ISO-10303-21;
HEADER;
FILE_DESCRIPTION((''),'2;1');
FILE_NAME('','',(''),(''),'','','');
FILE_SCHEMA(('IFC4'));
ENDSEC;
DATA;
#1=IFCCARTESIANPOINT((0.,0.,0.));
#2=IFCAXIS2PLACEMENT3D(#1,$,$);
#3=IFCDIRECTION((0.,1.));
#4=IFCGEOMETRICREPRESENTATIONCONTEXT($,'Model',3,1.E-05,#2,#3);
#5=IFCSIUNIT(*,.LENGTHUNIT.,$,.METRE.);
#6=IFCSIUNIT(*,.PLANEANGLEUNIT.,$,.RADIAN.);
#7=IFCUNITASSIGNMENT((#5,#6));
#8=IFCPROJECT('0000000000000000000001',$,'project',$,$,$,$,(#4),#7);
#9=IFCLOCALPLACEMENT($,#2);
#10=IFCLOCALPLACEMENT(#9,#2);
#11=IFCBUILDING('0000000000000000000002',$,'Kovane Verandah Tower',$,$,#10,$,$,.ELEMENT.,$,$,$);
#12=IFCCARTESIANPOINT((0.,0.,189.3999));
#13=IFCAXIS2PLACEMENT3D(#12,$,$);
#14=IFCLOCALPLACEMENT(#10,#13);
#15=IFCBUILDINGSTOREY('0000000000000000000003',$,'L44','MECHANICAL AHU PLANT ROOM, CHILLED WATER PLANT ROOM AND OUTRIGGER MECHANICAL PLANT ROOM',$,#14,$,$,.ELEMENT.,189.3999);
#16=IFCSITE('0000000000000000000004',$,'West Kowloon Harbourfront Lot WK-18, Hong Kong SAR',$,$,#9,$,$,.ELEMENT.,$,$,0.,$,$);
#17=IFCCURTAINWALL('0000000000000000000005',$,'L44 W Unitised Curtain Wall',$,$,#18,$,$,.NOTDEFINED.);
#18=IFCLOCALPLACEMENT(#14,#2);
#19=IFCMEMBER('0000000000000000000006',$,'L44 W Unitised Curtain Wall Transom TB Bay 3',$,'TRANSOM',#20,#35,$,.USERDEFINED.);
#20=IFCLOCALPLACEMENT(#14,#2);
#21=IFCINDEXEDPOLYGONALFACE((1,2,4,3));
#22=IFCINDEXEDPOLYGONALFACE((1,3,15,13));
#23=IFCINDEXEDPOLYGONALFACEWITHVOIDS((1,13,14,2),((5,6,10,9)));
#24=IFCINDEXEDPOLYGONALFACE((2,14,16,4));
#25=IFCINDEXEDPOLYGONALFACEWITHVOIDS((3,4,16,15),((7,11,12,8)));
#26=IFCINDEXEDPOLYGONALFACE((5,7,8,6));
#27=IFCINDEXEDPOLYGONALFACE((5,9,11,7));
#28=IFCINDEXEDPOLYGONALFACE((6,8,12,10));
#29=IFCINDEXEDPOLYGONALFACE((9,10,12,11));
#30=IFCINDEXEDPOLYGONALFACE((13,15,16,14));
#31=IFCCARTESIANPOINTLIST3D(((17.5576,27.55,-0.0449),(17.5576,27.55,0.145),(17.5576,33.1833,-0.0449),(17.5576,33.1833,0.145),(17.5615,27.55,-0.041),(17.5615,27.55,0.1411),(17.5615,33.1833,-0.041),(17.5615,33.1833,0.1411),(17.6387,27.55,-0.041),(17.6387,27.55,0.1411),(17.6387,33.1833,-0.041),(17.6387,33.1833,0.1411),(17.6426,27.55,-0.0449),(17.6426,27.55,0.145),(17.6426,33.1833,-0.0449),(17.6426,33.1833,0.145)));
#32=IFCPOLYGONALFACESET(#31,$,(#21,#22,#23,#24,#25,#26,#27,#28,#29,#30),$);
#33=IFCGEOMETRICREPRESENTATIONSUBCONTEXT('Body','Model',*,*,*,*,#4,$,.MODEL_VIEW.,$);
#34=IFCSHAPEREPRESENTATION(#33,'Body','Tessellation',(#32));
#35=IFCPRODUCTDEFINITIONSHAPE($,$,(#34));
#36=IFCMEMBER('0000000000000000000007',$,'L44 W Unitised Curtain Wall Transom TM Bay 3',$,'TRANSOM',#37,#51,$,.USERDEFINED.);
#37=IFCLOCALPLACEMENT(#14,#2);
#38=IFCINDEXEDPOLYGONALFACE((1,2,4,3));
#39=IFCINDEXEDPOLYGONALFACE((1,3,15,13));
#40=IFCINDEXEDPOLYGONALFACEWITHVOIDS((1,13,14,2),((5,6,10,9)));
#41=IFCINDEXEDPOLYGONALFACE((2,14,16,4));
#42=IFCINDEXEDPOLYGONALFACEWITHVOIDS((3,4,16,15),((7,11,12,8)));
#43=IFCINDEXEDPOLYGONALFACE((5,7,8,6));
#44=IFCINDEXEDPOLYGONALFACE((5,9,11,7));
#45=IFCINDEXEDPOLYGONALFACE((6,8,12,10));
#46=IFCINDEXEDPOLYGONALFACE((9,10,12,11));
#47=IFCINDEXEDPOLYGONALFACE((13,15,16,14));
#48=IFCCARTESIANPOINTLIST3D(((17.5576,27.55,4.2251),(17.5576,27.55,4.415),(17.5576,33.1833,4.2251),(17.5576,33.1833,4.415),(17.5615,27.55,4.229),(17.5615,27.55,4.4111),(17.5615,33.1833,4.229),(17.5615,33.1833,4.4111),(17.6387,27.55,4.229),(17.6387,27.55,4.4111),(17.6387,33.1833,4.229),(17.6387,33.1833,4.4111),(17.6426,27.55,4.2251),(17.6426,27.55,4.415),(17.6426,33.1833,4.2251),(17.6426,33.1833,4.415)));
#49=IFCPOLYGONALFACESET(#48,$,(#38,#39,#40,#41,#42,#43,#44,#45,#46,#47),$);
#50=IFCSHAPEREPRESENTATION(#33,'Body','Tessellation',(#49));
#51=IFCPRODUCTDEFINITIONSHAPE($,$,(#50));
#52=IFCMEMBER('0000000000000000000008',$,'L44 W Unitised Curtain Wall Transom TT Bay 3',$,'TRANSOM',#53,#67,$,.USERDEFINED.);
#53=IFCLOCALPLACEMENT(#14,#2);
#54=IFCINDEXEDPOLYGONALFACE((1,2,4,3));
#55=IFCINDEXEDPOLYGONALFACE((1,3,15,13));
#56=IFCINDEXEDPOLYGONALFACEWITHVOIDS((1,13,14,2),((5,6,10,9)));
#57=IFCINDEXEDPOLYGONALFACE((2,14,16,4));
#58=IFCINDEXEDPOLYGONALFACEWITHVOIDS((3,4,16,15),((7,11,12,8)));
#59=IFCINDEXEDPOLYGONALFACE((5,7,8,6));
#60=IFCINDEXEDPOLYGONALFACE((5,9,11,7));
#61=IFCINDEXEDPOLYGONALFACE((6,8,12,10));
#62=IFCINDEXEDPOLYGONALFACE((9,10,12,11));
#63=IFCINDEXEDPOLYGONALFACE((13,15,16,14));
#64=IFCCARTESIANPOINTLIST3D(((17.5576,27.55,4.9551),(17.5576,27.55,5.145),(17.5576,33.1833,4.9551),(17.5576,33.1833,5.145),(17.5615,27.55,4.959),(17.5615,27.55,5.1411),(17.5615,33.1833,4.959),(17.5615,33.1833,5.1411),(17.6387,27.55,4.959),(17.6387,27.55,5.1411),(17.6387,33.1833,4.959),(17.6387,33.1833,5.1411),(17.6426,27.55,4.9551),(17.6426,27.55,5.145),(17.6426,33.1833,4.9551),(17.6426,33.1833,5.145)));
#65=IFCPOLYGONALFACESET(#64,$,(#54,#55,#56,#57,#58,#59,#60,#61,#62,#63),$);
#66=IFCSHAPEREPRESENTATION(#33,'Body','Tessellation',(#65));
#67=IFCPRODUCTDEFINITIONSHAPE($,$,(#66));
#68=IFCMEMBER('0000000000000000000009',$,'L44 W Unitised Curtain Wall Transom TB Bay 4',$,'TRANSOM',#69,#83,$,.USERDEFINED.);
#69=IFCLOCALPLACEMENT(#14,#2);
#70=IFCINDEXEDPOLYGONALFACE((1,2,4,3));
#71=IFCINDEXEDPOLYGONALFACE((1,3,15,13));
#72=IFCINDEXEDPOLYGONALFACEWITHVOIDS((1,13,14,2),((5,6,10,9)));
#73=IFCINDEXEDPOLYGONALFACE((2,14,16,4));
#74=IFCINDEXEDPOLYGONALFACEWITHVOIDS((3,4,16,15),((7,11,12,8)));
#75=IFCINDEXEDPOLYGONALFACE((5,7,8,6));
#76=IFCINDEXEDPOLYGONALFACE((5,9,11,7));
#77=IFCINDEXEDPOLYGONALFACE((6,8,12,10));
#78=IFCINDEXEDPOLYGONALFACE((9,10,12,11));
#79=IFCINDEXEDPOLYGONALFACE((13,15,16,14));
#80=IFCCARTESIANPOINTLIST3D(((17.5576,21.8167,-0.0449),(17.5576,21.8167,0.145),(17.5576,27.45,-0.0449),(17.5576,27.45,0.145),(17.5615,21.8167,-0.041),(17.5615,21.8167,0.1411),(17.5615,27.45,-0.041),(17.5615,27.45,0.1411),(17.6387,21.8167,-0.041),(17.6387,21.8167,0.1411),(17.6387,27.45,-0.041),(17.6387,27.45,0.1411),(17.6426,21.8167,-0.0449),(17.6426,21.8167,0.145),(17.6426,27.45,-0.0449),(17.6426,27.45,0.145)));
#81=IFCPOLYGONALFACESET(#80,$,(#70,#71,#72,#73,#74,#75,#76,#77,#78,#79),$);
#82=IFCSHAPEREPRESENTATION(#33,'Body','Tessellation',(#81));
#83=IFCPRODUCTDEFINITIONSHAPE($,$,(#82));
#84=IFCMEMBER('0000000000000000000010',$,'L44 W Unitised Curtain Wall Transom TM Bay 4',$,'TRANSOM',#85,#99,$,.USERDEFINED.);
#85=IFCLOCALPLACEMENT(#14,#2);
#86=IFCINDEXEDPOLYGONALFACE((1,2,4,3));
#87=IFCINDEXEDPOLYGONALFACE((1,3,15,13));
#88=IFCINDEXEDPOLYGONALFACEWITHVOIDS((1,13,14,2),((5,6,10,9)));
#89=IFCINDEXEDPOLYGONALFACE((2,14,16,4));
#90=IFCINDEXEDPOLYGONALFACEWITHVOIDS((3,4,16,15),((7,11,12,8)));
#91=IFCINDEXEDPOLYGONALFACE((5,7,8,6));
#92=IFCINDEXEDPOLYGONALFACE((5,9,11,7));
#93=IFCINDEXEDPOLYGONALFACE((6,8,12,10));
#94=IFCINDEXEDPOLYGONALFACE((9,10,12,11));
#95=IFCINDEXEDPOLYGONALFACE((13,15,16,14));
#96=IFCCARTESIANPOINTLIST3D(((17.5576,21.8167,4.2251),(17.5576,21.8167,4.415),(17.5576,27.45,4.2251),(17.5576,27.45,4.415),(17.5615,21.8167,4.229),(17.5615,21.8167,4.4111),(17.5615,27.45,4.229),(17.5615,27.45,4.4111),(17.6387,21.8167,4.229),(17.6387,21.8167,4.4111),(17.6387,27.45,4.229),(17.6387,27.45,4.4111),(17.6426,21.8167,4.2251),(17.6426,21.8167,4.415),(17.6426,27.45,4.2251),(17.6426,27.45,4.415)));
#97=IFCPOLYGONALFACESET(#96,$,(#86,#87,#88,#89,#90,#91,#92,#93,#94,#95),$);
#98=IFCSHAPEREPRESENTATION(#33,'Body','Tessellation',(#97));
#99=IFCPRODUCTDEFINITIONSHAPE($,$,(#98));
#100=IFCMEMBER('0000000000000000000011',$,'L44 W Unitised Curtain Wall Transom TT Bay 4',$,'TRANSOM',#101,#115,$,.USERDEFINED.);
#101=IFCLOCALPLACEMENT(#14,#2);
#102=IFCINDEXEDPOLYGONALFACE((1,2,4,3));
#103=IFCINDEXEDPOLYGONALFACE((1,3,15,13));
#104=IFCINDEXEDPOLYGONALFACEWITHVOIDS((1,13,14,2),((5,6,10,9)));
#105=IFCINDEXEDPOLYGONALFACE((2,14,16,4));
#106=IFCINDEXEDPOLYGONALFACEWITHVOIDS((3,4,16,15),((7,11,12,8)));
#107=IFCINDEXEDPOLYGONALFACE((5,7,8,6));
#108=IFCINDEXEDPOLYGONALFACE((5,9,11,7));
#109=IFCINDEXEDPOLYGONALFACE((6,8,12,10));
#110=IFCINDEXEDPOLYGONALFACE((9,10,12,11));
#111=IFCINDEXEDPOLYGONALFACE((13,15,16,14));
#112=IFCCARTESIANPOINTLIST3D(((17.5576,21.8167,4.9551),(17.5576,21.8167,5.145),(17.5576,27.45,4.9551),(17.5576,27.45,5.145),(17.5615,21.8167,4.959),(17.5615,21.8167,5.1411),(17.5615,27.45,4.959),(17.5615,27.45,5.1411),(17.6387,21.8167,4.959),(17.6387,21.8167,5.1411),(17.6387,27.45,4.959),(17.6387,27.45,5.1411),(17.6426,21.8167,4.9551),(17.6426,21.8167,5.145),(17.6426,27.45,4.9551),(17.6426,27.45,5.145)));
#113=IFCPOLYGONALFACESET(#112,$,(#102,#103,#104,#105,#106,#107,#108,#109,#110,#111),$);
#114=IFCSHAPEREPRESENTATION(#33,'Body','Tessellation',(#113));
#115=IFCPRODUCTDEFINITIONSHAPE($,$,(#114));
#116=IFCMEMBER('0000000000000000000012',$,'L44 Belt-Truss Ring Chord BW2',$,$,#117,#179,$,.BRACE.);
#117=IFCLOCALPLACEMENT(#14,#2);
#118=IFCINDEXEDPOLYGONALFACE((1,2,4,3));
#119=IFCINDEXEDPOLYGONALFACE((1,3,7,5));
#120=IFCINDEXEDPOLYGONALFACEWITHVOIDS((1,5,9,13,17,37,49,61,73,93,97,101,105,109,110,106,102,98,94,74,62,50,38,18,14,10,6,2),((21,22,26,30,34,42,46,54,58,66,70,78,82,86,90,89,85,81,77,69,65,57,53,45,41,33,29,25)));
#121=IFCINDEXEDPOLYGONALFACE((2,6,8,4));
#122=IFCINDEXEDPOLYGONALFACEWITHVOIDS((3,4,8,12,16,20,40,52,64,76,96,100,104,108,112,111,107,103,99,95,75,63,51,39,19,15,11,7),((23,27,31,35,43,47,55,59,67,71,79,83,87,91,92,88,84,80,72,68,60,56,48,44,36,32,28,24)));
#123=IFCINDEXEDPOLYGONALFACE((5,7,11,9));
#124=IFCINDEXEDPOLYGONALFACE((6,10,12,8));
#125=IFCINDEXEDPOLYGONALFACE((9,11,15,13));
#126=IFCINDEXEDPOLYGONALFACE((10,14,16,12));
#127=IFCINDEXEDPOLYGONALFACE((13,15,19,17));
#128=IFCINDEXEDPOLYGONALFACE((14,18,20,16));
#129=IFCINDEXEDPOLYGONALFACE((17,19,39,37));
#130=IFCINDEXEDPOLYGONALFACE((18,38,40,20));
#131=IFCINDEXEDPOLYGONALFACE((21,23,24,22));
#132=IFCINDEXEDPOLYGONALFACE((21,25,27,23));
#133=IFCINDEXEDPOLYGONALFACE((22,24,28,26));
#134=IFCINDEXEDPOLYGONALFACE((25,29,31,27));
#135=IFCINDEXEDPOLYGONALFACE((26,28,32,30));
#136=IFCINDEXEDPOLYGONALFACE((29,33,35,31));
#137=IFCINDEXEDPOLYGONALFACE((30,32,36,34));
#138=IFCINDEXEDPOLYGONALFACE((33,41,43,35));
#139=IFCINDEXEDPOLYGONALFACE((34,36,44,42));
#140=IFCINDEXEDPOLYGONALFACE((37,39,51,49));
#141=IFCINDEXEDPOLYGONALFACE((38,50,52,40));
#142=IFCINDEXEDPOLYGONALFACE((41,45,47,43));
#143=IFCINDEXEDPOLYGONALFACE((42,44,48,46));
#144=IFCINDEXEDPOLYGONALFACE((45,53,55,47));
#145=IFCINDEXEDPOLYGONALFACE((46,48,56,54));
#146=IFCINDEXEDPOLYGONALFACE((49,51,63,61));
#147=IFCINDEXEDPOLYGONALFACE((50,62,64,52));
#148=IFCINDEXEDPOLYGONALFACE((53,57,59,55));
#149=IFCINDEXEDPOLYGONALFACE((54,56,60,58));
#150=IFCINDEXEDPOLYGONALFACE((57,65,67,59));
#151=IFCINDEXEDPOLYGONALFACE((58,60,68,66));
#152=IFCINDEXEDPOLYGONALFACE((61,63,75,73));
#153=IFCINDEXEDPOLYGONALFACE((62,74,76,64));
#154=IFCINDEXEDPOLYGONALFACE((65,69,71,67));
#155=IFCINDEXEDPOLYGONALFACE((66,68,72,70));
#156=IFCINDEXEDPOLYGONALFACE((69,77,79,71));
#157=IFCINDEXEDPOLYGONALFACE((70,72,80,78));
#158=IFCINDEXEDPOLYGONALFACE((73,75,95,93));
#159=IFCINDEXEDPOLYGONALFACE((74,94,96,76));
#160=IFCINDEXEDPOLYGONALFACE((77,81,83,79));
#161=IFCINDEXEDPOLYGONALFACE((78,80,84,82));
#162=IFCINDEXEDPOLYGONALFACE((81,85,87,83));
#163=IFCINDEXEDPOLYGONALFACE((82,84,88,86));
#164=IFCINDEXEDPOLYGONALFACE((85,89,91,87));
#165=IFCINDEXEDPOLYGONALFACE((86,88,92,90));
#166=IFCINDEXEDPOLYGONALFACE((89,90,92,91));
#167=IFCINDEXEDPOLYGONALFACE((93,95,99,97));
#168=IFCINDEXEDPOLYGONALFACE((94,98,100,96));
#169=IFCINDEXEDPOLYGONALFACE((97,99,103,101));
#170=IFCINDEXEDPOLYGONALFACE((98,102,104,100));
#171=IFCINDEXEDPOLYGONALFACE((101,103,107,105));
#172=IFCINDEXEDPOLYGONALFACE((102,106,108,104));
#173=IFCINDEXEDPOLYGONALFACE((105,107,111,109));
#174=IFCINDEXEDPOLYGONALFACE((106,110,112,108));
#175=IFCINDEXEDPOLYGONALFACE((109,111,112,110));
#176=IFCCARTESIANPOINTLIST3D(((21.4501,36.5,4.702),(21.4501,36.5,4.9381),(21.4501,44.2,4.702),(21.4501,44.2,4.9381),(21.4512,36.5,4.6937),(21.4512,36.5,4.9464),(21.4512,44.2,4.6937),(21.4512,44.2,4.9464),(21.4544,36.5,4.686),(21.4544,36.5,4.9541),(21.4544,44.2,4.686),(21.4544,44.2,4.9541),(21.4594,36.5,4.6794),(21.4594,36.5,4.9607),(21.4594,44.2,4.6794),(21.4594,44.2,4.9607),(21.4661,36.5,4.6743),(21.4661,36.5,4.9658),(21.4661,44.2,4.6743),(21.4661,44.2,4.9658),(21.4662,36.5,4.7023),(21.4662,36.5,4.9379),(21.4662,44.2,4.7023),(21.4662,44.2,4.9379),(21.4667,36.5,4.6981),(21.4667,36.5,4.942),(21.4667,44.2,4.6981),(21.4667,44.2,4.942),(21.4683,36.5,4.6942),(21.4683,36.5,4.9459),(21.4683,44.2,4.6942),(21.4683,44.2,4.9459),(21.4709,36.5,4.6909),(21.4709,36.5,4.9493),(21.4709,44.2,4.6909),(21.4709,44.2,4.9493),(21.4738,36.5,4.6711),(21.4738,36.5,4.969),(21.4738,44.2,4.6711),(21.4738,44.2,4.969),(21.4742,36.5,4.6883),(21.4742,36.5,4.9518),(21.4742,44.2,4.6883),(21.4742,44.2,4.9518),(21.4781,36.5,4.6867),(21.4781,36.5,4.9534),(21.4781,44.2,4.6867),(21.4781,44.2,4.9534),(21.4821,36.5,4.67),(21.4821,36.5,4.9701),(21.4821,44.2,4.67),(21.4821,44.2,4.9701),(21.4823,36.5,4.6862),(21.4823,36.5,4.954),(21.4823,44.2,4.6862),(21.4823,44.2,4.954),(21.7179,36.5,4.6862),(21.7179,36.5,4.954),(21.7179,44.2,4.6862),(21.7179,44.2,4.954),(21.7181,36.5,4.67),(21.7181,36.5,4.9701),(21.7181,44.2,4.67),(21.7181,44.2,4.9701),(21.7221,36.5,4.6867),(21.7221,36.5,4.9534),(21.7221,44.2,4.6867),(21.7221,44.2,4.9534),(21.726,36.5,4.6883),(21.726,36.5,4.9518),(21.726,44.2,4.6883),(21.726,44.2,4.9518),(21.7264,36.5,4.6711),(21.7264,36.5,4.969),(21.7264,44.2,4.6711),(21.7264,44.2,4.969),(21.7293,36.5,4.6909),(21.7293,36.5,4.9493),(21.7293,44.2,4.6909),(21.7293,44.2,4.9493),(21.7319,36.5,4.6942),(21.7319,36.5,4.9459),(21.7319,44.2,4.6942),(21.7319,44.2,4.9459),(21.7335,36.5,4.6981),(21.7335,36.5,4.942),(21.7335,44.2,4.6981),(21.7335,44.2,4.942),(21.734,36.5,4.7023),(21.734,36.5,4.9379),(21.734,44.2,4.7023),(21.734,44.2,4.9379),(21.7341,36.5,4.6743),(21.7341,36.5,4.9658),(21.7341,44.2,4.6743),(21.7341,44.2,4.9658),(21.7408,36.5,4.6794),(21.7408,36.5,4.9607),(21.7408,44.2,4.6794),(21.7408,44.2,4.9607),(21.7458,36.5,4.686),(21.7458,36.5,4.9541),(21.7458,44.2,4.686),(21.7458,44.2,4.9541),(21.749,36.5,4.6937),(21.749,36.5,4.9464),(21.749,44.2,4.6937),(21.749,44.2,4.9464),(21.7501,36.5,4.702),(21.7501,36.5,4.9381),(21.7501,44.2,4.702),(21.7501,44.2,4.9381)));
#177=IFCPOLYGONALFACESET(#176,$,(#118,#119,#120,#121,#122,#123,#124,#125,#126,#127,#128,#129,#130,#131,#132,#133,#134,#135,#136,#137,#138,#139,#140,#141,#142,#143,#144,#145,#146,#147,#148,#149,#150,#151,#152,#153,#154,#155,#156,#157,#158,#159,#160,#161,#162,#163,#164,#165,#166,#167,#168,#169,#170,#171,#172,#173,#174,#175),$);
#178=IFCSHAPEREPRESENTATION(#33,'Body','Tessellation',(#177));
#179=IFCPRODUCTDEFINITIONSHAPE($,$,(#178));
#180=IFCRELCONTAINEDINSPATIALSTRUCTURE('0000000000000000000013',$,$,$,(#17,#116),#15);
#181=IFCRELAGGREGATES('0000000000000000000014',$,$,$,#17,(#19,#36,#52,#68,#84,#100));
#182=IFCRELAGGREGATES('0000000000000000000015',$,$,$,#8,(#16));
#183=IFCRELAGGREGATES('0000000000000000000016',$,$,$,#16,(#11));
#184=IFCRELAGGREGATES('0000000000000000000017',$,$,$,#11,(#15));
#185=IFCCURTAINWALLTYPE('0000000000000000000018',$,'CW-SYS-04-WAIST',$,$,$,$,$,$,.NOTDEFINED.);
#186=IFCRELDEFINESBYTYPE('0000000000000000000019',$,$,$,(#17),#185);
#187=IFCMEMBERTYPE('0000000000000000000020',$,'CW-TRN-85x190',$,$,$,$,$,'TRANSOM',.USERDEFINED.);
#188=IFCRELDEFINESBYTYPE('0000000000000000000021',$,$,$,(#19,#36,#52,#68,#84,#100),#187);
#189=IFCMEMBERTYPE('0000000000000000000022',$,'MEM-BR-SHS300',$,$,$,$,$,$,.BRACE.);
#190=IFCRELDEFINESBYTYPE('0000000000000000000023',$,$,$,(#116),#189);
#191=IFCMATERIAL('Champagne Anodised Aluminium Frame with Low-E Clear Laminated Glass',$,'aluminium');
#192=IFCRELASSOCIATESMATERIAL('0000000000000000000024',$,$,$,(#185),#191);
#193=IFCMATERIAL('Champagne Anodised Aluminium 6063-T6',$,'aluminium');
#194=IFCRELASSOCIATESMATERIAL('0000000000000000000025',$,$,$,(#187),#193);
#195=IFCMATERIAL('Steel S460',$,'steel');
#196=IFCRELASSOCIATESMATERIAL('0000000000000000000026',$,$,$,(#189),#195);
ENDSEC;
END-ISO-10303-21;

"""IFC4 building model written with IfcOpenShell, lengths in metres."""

from ifc_helpers import new_model, si_unit, direction, frame, origin, origin_2d, place, context, subcontext, project, spatial, hollow_rectangle, extrude, material, material_profile, profile_set, type_object, element, aggregate, save


model = new_model("IFC4")

# Units and contexts
model_context = context("Model", 3, precision=1e-05, world=origin(), true_north=direction((0.0, 1.0)))
body_context = subcontext(model_context, "Body", "Model", "MODEL_VIEW")
ifc_project = project(units=[si_unit("LENGTHUNIT", "METRE"), si_unit("PLANEANGLEUNIT", "RADIAN")], contexts=[model_context])

# Site, building, storey
site_placement = place(None, origin())
site = spatial("IfcSite", under=ifc_project, at=site_placement, Name="West Kowloon Harbourfront Lot WK-18, Hong Kong SAR", CompositionType="ELEMENT", RefElevation=0.0)
building_placement = place(site_placement, origin())
building = spatial("IfcBuilding", under=site, at=building_placement, Name="Kovane Verandah Tower", CompositionType="ELEMENT")
storey_placement = place(building_placement, frame((0.0, 0.0, 189.3999)))
storey = spatial("IfcBuildingStorey", under=building, at=storey_placement, Name="L44", Description="MECHANICAL AHU PLANT ROOM, CHILLED WATER PLANT ROOM AND OUTRIGGER MECHANICAL PLANT ROOM", CompositionType="ELEMENT", Elevation=189.3999)

# Shared definitions
ifc_material_1 = material(Name="Steel S460", Category="steel")

# Curtain wall, members
ifc_material_2 = material(Name="Champagne Anodised Aluminium Frame with Low-E Clear Laminated Glass", Category="aluminium")
curtain_wall_type = type_object("IfcCurtainWallType", Name="CW-SYS-04-WAIST", PredefinedType="NOTDEFINED", material=ifc_material_2)
curtain_wall_placement = place(storey_placement, origin())
curtain_wall = element("IfcCurtainWall", 1, at=curtain_wall_placement, inside=storey, type_object=curtain_wall_type, Name="L44 W Unitised Curtain Wall", PredefinedType="NOTDEFINED")
ifc_material_3 = material(Name="Champagne Anodised Aluminium 6063-T6", Category="aluminium")
ifc_material_profile_1 = material_profile(ifc_material_3, hollow_rectangle(XDim=0.085, YDim=0.1899, WallThickness=0.0039, at=origin_2d()), Name="AL85x190x4")
ifc_profile_set_1 = profile_set([ifc_material_profile_1], Name="Champagne Anodised Aluminium 6063-T6")
member_type_1 = type_object("IfcMemberType", Name="CW-TRN-85x190", ElementType="TRANSOM", PredefinedType="USERDEFINED", material=ifc_profile_set_1)
member_1_placement = place(storey_placement, frame((17.6001, 33.1833, 0.05), z_axis=(0.0, -1.0, 0.0), x_axis=(1.0, 0.0, 0.0)))
member_1 = element("IfcMember", 2, at=member_1_placement, type_object=member_type_1, Name="L44 W Unitised Curtain Wall Transom TB Bay 3", ObjectType="TRANSOM", PredefinedType="USERDEFINED", context=body_context, shape_type="SweptSolid", body=[
    extrude(hollow_rectangle(XDim=0.085, YDim=0.1899, WallThickness=0.0039, at=origin_2d()), origin(), (0.0, 0.0, 1.0), 5.6333),
])
member_2_placement = place(storey_placement, frame((17.6001, 33.1833, 4.3201), z_axis=(0.0, -1.0, 0.0), x_axis=(1.0, 0.0, 0.0)))
member_2 = element("IfcMember", 3, at=member_2_placement, type_object=member_type_1, Name="L44 W Unitised Curtain Wall Transom TM Bay 3", ObjectType="TRANSOM", PredefinedType="USERDEFINED", context=body_context, shape_type="SweptSolid", body=[
    extrude(hollow_rectangle(XDim=0.085, YDim=0.1899, WallThickness=0.0039, at=origin_2d()), origin(), (0.0, 0.0, 1.0), 5.6333),
])
member_3_placement = place(storey_placement, frame((17.6001, 33.1833, 5.05), z_axis=(0.0, -1.0, 0.0), x_axis=(1.0, 0.0, 0.0)))
member_3 = element("IfcMember", 4, at=member_3_placement, type_object=member_type_1, Name="L44 W Unitised Curtain Wall Transom TT Bay 3", ObjectType="TRANSOM", PredefinedType="USERDEFINED", context=body_context, shape_type="SweptSolid", body=[
    extrude(hollow_rectangle(XDim=0.085, YDim=0.1899, WallThickness=0.0039, at=origin_2d()), origin(), (0.0, 0.0, 1.0), 5.6333),
])
member_4_placement = place(storey_placement, frame((17.6001, 27.45, 0.05), z_axis=(0.0, -1.0, 0.0), x_axis=(1.0, 0.0, 0.0)))
member_4 = element("IfcMember", 5, at=member_4_placement, type_object=member_type_1, Name="L44 W Unitised Curtain Wall Transom TB Bay 4", ObjectType="TRANSOM", PredefinedType="USERDEFINED", context=body_context, shape_type="SweptSolid", body=[
    extrude(hollow_rectangle(XDim=0.085, YDim=0.1899, WallThickness=0.0039, at=origin_2d()), origin(), (0.0, 0.0, 1.0), 5.6333),
])
member_5_placement = place(storey_placement, frame((17.6001, 27.45, 4.3201), z_axis=(0.0, -1.0, 0.0), x_axis=(1.0, 0.0, 0.0)))
member_5 = element("IfcMember", 6, at=member_5_placement, type_object=member_type_1, Name="L44 W Unitised Curtain Wall Transom TM Bay 4", ObjectType="TRANSOM", PredefinedType="USERDEFINED", context=body_context, shape_type="SweptSolid", body=[
    extrude(hollow_rectangle(XDim=0.085, YDim=0.1899, WallThickness=0.0039, at=origin_2d()), origin(), (0.0, 0.0, 1.0), 5.6333),
])
member_6_placement = place(storey_placement, frame((17.6001, 27.45, 5.05), z_axis=(0.0, -1.0, 0.0), x_axis=(1.0, 0.0, 0.0)))
member_6 = element("IfcMember", 7, at=member_6_placement, type_object=member_type_1, Name="L44 W Unitised Curtain Wall Transom TT Bay 4", ObjectType="TRANSOM", PredefinedType="USERDEFINED", context=body_context, shape_type="SweptSolid", body=[
    extrude(hollow_rectangle(XDim=0.085, YDim=0.1899, WallThickness=0.0039, at=origin_2d()), origin(), (0.0, 0.0, 1.0), 5.6333),
])

# Member
ifc_material_profile_2 = material_profile(ifc_material_1, hollow_rectangle(XDim=0.3, YDim=0.3, WallThickness=0.0161, InnerFilletRadius=0.0161, OuterFilletRadius=0.032, at=origin_2d()), Name="SHS300x300x16")
ifc_profile_set_2 = profile_set([ifc_material_profile_2], Name="Steel S460")
member_type_2 = type_object("IfcMemberType", Name="MEM-BR-SHS300", PredefinedType="BRACE", material=ifc_profile_set_2)
member_7_placement = place(storey_placement, frame((21.6001, 36.5, 4.8201), z_axis=(0.0, 1.0, 0.0), x_axis=(-1.0, 0.0, 0.0)))
element("IfcMember", 8, at=member_7_placement, inside=storey, type_object=member_type_2, Name="L44 Belt-Truss Ring Chord BW2", PredefinedType="BRACE", context=body_context, shape_type="SweptSolid", body=[
    extrude(hollow_rectangle(XDim=0.3, YDim=0.3, WallThickness=0.0161, InnerFilletRadius=0.0161, OuterFilletRadius=0.032, at=origin_2d()), origin(), (0.0, 0.0, 1.0), 7.7),
])

aggregate(curtain_wall, [member_1, member_2, member_3, member_4, member_5, member_6])

save(model, "model.ifc")
